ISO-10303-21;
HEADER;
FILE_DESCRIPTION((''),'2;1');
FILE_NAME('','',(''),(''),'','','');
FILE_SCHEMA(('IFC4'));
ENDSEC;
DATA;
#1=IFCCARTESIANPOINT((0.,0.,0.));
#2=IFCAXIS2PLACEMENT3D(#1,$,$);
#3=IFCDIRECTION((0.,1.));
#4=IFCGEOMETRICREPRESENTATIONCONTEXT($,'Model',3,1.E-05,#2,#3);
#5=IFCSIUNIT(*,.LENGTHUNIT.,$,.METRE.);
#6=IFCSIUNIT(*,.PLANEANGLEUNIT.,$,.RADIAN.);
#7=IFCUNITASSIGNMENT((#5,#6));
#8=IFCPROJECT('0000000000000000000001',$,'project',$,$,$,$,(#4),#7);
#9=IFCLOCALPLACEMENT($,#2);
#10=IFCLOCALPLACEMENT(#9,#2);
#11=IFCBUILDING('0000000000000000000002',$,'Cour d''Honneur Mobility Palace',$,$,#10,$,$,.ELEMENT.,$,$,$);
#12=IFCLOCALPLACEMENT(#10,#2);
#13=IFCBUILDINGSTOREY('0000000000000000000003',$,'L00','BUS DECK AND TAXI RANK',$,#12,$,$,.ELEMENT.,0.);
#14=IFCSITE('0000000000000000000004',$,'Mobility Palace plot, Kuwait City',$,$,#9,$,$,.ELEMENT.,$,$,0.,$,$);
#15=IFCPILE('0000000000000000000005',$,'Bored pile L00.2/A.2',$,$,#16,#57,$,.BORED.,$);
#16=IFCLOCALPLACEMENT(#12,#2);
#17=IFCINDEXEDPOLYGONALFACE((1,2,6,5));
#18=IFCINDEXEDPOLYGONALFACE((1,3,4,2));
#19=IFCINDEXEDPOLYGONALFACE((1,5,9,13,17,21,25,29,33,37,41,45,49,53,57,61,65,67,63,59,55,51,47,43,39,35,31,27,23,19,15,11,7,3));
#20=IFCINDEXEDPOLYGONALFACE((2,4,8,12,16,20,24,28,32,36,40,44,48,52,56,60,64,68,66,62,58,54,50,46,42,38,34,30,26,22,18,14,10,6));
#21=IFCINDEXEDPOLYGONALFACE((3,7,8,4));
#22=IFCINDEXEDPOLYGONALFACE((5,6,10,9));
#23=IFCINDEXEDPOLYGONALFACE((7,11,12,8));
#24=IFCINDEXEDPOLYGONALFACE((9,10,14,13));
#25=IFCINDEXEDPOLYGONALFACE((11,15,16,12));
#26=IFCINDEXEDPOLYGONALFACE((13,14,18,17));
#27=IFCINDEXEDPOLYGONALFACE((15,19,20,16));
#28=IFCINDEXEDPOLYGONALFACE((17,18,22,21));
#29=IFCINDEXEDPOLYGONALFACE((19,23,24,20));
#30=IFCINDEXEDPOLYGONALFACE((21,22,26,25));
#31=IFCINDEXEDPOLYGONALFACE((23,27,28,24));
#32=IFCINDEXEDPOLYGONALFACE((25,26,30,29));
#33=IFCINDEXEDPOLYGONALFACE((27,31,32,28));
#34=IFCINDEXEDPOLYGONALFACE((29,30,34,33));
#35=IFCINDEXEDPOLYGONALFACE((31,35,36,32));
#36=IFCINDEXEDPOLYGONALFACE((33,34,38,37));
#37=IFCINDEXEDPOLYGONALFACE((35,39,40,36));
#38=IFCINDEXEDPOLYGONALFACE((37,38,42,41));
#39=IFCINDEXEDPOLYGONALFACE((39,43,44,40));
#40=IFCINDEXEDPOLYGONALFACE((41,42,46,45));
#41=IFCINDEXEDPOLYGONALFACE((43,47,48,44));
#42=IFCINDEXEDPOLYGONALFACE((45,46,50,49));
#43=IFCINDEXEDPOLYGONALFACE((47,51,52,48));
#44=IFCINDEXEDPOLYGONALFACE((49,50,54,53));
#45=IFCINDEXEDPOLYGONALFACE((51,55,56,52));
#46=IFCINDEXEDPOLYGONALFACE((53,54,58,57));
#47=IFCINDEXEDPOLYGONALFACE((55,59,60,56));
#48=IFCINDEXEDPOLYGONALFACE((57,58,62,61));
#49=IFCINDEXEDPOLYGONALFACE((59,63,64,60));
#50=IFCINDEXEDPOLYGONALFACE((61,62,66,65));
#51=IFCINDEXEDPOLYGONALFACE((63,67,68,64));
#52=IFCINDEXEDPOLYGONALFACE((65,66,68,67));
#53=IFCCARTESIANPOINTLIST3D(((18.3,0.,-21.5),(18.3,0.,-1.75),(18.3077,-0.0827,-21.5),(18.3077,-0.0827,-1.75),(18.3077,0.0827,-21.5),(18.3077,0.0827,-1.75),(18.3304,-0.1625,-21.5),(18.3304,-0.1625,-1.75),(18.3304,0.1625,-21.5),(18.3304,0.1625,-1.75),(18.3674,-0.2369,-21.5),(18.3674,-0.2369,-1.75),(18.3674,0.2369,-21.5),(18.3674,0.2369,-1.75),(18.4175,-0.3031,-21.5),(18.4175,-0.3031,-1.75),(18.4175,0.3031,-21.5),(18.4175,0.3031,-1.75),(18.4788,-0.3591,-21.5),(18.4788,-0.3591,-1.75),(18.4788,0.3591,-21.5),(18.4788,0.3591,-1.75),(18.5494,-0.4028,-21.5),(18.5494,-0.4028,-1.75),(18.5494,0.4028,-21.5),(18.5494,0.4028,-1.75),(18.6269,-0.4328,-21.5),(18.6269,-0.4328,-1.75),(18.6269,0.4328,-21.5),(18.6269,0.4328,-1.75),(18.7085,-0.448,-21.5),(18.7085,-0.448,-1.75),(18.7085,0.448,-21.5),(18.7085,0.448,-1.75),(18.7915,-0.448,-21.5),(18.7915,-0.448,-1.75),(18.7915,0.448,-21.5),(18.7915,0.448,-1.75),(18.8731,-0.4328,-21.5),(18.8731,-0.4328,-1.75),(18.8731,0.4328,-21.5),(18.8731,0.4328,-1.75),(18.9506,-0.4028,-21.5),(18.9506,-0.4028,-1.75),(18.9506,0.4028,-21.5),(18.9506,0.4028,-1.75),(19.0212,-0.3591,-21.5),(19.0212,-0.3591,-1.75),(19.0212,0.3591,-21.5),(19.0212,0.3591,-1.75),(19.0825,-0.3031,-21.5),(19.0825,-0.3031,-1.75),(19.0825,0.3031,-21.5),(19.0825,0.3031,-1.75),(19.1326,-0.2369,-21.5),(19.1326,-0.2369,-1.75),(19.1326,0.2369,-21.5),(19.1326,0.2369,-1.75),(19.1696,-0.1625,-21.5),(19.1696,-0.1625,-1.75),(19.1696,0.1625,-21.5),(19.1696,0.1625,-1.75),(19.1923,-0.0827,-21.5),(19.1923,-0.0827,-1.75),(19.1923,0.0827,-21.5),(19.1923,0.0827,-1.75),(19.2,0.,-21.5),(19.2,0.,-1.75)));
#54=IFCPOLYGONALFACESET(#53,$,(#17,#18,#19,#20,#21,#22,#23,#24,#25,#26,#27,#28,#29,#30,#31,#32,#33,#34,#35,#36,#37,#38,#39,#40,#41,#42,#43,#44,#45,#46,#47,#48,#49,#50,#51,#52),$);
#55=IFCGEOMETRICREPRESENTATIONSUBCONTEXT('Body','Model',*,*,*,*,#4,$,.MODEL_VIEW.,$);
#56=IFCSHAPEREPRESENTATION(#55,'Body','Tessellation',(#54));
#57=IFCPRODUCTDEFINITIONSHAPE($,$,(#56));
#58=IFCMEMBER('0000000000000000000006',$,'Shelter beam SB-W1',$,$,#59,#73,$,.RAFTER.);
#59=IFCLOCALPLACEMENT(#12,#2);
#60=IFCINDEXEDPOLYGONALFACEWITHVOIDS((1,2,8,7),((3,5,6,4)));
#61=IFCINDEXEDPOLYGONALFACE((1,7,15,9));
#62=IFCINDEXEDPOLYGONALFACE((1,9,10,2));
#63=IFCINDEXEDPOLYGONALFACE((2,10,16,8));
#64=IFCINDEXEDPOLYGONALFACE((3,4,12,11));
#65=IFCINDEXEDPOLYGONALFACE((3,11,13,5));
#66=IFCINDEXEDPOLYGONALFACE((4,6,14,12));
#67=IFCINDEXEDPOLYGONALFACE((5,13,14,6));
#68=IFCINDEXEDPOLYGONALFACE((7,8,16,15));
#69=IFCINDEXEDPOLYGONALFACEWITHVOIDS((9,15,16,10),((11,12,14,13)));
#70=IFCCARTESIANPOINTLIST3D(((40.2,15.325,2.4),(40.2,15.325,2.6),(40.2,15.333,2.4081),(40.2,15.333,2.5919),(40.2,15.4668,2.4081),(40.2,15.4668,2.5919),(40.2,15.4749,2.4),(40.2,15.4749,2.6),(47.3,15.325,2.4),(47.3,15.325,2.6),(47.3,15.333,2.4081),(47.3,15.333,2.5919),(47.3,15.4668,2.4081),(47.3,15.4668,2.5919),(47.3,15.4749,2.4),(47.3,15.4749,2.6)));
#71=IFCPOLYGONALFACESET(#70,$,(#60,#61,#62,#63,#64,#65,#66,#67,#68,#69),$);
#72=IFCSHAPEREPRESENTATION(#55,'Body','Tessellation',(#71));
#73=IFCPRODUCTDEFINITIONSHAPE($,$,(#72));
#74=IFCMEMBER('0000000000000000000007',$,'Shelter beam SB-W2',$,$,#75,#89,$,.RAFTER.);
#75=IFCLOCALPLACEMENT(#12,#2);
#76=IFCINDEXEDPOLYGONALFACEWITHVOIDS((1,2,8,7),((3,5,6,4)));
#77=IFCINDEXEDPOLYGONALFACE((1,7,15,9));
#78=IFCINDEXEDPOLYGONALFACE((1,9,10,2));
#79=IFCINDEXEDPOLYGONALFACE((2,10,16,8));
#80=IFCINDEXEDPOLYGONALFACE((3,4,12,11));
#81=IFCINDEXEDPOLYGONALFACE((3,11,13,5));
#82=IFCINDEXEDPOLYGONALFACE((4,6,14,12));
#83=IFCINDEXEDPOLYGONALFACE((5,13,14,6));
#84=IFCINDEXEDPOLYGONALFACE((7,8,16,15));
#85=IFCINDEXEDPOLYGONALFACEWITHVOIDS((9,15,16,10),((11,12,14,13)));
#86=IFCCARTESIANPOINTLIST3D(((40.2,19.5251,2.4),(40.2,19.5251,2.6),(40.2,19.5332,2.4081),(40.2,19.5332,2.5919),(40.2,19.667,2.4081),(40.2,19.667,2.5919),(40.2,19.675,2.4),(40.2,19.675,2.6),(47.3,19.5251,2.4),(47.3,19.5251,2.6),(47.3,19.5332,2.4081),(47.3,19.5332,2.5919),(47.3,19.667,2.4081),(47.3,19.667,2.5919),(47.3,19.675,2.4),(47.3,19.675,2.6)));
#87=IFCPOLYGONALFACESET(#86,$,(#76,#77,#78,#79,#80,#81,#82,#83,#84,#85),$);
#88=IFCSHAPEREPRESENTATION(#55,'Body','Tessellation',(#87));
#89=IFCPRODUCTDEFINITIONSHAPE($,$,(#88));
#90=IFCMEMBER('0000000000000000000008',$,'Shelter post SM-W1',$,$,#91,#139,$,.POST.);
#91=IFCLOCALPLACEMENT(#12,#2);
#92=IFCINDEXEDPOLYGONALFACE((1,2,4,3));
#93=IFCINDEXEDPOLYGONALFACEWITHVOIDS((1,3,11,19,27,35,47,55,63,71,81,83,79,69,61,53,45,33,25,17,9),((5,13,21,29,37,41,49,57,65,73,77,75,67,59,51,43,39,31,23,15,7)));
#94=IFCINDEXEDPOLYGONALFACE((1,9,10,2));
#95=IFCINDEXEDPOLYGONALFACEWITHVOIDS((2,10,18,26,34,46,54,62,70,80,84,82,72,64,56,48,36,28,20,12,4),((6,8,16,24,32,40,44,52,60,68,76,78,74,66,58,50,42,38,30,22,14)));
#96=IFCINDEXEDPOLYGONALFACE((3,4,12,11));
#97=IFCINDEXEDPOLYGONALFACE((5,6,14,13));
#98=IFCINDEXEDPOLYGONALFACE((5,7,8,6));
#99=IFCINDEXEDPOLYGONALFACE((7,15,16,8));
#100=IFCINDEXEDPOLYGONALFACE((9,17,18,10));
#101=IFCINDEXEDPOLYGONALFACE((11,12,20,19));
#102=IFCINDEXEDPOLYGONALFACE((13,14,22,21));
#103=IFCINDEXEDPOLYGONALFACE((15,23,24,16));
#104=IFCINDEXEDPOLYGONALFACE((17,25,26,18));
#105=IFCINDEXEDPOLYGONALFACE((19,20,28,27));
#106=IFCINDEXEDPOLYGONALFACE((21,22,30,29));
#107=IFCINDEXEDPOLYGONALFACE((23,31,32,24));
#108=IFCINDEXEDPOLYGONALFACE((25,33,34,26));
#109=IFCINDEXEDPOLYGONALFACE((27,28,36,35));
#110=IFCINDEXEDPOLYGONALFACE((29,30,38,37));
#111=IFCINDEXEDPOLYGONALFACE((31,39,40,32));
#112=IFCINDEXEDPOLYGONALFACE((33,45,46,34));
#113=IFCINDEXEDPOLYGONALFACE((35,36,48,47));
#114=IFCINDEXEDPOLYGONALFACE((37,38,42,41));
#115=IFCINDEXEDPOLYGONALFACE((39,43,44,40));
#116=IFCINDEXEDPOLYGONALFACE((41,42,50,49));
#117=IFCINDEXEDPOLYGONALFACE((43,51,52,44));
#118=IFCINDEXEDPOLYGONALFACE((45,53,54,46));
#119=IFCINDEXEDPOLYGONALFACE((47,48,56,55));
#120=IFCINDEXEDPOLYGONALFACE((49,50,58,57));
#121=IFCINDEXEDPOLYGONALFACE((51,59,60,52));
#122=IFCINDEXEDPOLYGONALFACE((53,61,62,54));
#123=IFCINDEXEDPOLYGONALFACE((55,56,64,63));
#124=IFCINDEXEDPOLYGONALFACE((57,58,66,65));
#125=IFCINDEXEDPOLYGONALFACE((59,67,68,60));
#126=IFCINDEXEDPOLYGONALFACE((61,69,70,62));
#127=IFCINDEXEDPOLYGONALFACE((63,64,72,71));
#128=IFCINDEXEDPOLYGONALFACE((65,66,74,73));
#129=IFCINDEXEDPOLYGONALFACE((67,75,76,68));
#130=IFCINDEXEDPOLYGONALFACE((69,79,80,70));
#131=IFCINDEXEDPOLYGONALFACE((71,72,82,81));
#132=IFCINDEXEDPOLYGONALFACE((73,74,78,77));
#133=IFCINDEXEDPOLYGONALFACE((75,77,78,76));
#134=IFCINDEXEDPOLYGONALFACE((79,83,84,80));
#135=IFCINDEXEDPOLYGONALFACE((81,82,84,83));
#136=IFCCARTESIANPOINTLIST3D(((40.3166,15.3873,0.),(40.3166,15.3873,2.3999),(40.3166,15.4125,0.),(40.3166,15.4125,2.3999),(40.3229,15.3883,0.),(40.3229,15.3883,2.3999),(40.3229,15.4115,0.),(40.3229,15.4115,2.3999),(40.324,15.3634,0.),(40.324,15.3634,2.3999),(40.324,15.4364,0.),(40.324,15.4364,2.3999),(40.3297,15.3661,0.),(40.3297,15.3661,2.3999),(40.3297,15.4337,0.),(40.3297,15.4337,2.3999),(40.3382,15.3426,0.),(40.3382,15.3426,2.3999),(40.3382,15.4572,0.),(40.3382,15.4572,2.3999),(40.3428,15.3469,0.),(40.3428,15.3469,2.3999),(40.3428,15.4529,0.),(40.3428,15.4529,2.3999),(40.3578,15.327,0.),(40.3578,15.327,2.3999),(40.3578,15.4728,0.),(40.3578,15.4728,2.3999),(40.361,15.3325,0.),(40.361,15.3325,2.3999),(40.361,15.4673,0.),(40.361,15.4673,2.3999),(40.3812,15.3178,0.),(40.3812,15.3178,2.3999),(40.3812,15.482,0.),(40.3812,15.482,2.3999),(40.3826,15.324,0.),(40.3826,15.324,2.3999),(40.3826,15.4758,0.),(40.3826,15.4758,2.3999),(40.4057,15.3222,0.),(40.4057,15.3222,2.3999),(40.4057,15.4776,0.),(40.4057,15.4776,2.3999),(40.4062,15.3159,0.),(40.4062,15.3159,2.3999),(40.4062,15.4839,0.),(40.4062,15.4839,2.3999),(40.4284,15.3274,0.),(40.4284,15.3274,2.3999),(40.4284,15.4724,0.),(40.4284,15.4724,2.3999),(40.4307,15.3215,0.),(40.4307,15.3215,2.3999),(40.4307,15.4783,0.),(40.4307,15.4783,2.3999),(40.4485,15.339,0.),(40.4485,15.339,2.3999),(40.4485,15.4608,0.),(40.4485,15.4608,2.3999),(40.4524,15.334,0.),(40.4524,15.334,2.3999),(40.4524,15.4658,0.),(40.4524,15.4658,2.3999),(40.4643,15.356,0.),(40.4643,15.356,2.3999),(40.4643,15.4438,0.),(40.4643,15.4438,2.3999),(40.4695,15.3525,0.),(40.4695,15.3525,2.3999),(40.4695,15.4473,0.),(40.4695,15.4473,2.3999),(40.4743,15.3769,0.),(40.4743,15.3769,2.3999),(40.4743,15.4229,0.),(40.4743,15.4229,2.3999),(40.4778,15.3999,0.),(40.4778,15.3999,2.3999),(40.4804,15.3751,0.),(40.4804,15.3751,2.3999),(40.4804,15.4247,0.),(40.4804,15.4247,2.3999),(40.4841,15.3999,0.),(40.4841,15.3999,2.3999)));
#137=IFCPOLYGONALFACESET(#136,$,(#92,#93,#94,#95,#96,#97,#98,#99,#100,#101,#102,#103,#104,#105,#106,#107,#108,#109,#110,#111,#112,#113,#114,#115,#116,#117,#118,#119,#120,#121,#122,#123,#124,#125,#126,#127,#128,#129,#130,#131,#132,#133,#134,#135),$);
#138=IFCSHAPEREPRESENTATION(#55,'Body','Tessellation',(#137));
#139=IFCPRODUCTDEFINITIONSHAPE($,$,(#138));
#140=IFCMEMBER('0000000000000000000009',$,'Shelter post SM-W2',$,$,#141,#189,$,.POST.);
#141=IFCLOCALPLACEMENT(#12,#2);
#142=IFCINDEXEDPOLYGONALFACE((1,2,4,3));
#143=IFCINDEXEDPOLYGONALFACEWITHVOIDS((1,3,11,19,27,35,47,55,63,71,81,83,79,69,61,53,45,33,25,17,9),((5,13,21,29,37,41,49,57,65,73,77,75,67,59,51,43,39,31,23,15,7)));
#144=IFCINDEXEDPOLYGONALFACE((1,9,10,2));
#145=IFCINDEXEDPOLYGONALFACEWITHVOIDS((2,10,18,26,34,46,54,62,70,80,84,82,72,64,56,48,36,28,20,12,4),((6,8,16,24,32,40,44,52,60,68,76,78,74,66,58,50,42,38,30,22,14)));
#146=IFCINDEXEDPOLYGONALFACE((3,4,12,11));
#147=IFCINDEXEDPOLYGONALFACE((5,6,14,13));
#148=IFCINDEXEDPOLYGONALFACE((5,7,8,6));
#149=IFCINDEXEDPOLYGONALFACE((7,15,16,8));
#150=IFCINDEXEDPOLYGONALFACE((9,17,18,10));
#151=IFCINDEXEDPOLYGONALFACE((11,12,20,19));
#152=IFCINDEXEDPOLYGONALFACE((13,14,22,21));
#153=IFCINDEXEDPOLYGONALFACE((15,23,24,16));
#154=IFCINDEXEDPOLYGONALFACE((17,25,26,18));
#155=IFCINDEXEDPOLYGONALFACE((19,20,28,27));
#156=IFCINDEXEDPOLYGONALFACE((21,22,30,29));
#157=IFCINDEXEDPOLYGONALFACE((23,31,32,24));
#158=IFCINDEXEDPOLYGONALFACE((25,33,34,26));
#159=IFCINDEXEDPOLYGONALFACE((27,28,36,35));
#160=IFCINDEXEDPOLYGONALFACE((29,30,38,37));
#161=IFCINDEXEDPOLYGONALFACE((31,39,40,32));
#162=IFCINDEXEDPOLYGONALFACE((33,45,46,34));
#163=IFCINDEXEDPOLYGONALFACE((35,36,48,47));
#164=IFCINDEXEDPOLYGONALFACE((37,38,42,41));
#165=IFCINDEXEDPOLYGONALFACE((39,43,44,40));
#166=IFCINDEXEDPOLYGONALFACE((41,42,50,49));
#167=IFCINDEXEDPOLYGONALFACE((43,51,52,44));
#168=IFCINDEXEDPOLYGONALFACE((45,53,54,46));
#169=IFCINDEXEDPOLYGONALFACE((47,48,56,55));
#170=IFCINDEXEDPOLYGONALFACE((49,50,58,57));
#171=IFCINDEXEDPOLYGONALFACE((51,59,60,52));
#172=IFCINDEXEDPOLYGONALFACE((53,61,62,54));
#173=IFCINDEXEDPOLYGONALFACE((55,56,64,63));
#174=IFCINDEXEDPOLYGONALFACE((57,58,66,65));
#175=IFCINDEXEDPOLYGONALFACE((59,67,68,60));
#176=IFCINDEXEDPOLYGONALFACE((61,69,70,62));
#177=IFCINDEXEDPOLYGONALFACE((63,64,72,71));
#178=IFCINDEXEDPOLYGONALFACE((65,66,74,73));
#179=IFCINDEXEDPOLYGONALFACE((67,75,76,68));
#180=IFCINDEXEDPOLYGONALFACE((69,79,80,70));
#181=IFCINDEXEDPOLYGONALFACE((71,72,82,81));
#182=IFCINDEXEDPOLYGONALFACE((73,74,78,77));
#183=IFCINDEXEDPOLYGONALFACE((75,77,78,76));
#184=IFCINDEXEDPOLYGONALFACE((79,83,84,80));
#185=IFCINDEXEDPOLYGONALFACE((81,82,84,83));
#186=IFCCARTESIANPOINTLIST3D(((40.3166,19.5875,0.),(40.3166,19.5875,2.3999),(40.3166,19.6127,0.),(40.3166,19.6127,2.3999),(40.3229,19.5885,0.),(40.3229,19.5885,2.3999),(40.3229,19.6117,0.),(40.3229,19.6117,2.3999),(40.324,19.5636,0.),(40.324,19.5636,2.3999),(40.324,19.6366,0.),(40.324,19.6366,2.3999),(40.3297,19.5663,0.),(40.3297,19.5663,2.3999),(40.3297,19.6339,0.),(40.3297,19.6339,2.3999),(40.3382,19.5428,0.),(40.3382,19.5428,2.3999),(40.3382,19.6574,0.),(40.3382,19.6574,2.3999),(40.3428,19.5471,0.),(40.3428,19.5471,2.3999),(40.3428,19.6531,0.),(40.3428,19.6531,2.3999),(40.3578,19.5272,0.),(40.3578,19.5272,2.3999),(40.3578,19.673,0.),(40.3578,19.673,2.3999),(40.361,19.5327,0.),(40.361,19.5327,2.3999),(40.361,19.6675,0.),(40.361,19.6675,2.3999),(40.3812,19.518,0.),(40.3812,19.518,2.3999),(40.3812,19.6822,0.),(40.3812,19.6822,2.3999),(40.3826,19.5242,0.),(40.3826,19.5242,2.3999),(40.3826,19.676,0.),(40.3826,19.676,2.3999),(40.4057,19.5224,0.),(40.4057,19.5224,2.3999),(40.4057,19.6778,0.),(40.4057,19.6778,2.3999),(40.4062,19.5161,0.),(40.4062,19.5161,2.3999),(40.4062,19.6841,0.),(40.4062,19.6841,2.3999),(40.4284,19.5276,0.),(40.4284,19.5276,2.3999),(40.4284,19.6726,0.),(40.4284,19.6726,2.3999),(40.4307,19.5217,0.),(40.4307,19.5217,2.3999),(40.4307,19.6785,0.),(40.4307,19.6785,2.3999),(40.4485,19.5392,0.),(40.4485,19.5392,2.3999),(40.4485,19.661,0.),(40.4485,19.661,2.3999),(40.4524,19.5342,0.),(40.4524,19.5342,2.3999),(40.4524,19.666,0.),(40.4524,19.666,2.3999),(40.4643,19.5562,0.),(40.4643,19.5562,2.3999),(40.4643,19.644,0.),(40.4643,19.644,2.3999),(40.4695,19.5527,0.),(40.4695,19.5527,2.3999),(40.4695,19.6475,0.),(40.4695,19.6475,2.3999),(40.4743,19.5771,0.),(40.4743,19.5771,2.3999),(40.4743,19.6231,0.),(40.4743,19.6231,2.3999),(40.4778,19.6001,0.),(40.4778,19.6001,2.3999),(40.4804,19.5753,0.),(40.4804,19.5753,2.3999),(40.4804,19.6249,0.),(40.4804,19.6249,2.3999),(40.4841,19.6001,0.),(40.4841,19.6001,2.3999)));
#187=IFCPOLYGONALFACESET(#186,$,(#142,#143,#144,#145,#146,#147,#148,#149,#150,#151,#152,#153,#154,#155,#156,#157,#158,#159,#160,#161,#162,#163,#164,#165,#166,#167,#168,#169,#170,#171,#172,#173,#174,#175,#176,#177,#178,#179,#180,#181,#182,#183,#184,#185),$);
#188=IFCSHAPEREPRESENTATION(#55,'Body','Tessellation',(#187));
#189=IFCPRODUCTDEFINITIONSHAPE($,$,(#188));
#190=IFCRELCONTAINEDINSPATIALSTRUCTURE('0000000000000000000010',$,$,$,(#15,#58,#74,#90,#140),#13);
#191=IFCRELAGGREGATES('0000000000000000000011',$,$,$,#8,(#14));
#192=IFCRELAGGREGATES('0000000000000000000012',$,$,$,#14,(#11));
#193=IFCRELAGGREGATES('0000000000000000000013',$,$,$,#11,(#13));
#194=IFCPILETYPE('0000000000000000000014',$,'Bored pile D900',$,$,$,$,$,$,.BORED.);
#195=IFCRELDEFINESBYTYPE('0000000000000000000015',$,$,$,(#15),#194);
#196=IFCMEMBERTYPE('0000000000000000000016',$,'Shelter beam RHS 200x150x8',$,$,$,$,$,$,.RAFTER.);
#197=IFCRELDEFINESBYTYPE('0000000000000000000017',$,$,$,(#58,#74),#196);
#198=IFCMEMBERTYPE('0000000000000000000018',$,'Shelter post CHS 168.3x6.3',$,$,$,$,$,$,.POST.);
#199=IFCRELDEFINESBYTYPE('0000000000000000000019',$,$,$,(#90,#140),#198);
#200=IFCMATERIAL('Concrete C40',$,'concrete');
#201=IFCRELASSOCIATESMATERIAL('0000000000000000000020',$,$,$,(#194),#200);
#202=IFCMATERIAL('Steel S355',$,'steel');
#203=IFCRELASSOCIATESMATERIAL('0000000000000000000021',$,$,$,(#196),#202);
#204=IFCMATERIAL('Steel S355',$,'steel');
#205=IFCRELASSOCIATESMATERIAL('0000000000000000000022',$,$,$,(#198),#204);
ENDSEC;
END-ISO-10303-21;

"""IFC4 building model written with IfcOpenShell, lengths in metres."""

from ifc_helpers import new_model, si_unit, direction, frame, origin, origin_2d, place, context, subcontext, project, spatial, hollow_rectangle, circle, hollow_circle, extrude, material, material_profile, profile_set, type_object, element, save


model = new_model("IFC4")

# Units and contexts
model_context = context("Model", 3, precision=1e-05, world=origin(), true_north=direction((0.0, 1.0)))
body_context = subcontext(model_context, "Body", "Model", "MODEL_VIEW")
ifc_project = project(units=[si_unit("LENGTHUNIT", "METRE"), si_unit("PLANEANGLEUNIT", "RADIAN")], contexts=[model_context])

# Site, building, storey
site_placement = place(None, origin())
site = spatial("IfcSite", under=ifc_project, at=site_placement, Name="Mobility Palace plot, Kuwait City", CompositionType="ELEMENT", RefElevation=0.0)
building_placement = place(site_placement, origin())
building = spatial("IfcBuilding", under=site, at=building_placement, Name="Cour d'Honneur Mobility Palace", CompositionType="ELEMENT")
storey_placement = place(building_placement, origin())
storey = spatial("IfcBuildingStorey", under=building, at=storey_placement, Name="L00", Description="BUS DECK AND TAXI RANK", CompositionType="ELEMENT", Elevation=0.0)

# Pile
ifc_material_1 = material(Name="Concrete C40", Category="concrete")
ifc_material_profile_1 = material_profile(ifc_material_1, circle(Radius=0.45, at=origin_2d()), Name="Bored pile D900")
ifc_profile_set_1 = profile_set([ifc_material_profile_1], Name="Concrete C40")
pile_type = type_object("IfcPileType", Name="Bored pile D900", PredefinedType="BORED", material=ifc_profile_set_1)
pile_placement = place(storey_placement, frame((18.75, 0.0, -1.75), z_axis=(0.0, 0.0, -1.0), x_axis=(1.0, 0.0, 0.0)))
element("IfcPile", 1, at=pile_placement, inside=storey, type_object=pile_type, Name="Bored pile L00.2/A.2", PredefinedType="BORED", context=body_context, shape_type="SweptSolid", body=[
    extrude(circle(Radius=0.45, at=origin_2d()), origin(), (0.0, 0.0, 1.0), 19.75),
])

# Members
ifc_material_2 = material(Name="Steel S355", Category="steel")
ifc_material_profile_2 = material_profile(ifc_material_2, hollow_rectangle(XDim=0.1499, YDim=0.2, WallThickness=0.0081, at=origin_2d()), Name="RHS 200x150x8")
ifc_profile_set_2 = profile_set([ifc_material_profile_2], Name="Steel S355")
member_type_1 = type_object("IfcMemberType", Name="Shelter beam RHS 200x150x8", PredefinedType="RAFTER", material=ifc_profile_set_2)
for number, where, z_axis, x_axis, name in (
    (2, (40.2, 15.3999, 2.5), (1.0, 0.0, 0.0), (0.0, 1.0, 0.0), "Shelter beam SB-W1"),
    (3, (40.2, 19.6001, 2.5), (1.0, 0.0, 0.0), (0.0, 1.0, 0.0), "Shelter beam SB-W2"),
):
    element("IfcMember", number, at=place(storey_placement, frame(where, z_axis=z_axis, x_axis=x_axis)), inside=storey, type_object=member_type_1, Name=name, PredefinedType="RAFTER", context=body_context, shape_type="SweptSolid", body=[
        extrude(hollow_rectangle(XDim=0.1499, YDim=0.2, WallThickness=0.0081, at=origin_2d()), origin(), (0.0, 0.0, 1.0), 7.1001),
    ])
ifc_material_3 = material(Name="Steel S355", Category="steel")
ifc_material_profile_3 = material_profile(ifc_material_3, hollow_circle(Radius=0.0842, WallThickness=0.0063, at=origin_2d()), Name="CHS 168.3x6.3")
ifc_profile_set_3 = profile_set([ifc_material_profile_3], Name="Steel S355")
member_type_2 = type_object("IfcMemberType", Name="Shelter post CHS 168.3x6.3", PredefinedType="POST", material=ifc_profile_set_3)
for number, where, z_axis, x_axis, name in (
    (4, (40.3999, 15.3999, 0.0), (0.0, 0.0, 1.0), (1.0, 0.0, 0.0), "Shelter post SM-W1"),
    (5, (40.3999, 19.6001, 0.0), (0.0, 0.0, 1.0), (1.0, 0.0, 0.0), "Shelter post SM-W2"),
):
    element("IfcMember", number, at=place(storey_placement, frame(where, z_axis=z_axis, x_axis=x_axis)), inside=storey, type_object=member_type_2, Name=name, PredefinedType="POST", context=body_context, shape_type="SweptSolid", body=[
        extrude(hollow_circle(Radius=0.0842, WallThickness=0.0063, at=origin_2d()), origin(), (0.0, 0.0, 1.0), 2.3999),
    ])

save(model, "model.ifc")
